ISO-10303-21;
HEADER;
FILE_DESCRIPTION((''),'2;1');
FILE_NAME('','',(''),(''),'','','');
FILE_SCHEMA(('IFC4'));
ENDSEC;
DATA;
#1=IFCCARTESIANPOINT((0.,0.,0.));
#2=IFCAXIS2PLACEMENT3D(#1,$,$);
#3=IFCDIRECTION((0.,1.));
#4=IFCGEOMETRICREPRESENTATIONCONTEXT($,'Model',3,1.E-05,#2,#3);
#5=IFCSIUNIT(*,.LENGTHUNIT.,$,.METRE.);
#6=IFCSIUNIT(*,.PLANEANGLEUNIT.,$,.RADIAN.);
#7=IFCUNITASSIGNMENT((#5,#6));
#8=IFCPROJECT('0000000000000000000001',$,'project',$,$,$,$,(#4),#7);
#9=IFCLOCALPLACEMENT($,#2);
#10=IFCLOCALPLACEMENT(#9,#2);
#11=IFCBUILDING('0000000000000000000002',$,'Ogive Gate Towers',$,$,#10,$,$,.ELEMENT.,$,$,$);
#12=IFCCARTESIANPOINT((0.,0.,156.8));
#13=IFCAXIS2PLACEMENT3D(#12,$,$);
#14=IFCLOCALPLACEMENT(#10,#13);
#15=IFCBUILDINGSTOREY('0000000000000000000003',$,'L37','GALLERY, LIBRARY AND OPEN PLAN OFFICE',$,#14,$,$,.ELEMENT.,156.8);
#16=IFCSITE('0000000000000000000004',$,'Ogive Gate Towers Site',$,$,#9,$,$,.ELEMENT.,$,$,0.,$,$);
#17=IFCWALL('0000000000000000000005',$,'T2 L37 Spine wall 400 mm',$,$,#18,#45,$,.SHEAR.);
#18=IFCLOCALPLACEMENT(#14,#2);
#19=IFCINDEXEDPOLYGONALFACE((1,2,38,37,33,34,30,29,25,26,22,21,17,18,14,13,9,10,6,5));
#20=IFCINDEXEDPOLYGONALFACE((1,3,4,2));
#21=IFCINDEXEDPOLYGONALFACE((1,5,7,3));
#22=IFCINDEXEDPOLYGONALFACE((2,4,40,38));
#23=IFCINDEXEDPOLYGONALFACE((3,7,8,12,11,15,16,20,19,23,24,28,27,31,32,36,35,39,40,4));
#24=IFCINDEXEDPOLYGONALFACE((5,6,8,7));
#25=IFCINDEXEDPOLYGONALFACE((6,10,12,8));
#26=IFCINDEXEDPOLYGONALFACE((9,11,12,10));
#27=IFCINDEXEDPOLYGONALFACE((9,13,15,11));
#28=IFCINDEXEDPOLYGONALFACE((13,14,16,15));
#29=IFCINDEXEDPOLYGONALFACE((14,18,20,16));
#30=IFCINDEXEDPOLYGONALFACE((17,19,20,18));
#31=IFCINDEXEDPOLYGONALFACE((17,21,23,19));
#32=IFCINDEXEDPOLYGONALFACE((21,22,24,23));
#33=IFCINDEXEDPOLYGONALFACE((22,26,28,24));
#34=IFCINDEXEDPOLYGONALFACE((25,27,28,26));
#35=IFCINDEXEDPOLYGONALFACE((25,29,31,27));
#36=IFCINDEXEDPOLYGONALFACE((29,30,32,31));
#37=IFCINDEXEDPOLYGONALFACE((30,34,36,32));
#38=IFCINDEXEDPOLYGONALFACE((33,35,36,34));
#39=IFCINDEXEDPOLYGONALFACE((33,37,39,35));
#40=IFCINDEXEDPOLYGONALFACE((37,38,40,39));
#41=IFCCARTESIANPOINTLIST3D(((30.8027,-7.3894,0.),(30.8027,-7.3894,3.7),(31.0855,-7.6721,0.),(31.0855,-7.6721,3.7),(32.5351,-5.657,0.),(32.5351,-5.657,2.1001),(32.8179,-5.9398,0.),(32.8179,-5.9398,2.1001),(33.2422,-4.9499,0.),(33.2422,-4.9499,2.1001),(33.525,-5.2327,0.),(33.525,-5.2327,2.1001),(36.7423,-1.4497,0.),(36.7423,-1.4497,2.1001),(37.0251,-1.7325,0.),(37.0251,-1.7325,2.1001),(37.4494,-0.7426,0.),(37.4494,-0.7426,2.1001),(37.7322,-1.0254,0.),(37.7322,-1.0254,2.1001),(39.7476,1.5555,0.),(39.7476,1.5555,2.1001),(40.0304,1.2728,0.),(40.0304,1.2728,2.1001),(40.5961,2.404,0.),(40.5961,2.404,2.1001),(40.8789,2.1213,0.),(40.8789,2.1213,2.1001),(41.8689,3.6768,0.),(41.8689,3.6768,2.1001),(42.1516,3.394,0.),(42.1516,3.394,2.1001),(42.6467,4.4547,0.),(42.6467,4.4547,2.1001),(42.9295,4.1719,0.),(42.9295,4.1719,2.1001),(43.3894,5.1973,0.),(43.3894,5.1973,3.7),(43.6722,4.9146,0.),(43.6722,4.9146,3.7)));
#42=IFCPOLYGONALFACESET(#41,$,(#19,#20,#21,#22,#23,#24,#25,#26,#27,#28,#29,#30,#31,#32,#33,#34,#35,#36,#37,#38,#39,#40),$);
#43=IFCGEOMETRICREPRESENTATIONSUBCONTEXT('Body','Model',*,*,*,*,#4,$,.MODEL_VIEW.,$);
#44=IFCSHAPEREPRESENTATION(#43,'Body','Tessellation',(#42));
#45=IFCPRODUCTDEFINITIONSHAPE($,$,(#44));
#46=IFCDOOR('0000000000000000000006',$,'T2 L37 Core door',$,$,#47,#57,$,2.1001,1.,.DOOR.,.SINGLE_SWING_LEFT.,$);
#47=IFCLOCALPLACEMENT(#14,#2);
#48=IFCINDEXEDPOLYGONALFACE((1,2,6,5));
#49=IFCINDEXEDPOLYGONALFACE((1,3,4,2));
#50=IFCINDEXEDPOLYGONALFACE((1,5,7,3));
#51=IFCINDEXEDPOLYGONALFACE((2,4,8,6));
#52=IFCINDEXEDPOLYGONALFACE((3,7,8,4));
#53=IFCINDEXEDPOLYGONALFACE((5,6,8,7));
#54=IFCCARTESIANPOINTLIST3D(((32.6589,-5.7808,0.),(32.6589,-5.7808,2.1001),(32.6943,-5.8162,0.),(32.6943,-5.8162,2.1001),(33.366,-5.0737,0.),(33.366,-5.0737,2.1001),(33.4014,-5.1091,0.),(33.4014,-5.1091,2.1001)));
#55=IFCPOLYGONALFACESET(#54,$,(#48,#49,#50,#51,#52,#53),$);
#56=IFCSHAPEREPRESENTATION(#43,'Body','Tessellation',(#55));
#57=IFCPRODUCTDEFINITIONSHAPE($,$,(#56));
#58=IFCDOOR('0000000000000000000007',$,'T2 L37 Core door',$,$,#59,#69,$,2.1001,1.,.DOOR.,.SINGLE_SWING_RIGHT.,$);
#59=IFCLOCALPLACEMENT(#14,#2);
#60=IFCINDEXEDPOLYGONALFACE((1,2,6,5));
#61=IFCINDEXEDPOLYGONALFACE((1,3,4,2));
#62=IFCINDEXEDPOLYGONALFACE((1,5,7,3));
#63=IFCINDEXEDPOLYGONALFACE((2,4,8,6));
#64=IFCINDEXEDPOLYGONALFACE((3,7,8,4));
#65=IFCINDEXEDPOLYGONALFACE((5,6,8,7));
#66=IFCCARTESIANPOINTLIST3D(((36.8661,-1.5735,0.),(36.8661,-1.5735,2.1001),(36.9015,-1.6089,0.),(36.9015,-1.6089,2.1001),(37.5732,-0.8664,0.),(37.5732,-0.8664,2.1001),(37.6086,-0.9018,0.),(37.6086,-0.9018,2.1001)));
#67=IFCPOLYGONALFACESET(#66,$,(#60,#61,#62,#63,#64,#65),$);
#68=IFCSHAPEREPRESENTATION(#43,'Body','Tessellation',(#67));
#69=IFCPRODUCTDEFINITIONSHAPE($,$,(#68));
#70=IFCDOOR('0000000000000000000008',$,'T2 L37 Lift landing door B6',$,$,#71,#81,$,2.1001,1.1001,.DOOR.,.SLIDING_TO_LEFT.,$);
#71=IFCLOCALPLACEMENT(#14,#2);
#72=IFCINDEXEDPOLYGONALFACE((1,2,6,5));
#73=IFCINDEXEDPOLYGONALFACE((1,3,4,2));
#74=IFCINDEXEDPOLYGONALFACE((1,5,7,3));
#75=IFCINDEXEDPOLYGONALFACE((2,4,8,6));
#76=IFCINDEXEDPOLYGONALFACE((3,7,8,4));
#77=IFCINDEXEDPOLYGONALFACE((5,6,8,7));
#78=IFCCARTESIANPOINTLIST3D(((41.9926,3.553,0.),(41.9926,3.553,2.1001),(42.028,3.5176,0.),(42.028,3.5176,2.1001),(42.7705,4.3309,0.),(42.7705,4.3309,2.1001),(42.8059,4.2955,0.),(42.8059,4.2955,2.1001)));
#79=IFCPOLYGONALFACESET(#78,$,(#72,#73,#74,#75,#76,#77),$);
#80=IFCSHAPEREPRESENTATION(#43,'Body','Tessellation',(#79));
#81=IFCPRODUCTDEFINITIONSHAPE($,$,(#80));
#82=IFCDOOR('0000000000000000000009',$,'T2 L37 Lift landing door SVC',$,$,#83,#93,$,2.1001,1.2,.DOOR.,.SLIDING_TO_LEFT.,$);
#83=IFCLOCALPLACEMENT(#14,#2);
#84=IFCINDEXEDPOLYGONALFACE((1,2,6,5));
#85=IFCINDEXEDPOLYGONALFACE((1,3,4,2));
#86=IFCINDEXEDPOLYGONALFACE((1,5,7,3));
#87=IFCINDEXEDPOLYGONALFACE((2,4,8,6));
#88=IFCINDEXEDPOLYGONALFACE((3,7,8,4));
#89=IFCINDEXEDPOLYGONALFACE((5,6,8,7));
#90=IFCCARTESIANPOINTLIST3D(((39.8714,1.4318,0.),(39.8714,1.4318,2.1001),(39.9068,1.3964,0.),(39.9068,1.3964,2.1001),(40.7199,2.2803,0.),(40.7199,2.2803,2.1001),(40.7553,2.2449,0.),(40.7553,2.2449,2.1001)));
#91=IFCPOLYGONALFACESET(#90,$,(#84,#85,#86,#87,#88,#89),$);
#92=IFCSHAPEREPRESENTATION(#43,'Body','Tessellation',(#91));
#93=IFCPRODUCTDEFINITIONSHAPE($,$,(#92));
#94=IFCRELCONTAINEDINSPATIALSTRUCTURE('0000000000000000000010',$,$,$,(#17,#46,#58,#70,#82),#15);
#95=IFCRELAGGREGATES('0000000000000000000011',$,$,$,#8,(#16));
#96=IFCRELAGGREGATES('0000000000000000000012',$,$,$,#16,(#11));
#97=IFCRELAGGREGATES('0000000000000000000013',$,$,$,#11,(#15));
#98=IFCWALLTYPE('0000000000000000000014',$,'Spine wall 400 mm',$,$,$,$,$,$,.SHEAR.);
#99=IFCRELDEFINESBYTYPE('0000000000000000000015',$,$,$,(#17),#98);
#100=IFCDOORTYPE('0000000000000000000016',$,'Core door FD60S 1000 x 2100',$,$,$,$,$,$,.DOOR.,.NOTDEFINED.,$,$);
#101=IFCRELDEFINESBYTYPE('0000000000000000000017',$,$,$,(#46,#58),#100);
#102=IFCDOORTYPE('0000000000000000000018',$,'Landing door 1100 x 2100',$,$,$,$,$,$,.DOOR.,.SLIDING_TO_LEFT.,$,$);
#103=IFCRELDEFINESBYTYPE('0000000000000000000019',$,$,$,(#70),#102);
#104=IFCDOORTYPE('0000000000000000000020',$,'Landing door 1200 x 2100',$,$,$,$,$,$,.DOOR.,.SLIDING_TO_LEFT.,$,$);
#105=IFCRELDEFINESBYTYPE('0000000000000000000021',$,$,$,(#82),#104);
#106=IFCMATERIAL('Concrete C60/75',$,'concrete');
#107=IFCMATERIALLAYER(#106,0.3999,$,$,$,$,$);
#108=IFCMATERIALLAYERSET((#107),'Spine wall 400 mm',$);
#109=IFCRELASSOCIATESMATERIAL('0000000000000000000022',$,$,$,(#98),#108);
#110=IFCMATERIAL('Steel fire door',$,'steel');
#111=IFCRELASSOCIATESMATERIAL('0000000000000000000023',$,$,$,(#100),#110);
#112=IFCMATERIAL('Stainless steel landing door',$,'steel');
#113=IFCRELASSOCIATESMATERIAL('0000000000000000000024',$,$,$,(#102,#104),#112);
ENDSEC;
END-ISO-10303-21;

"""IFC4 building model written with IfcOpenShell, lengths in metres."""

from ifc_helpers import new_model, si_unit, direction, frame, frame_2d, origin, place, context, subcontext, project, spatial, rectangle, extrude, material, layer, layer_set, type_object, element, fill, save


model = new_model("IFC4")

# Units and contexts
model_context = context("Model", 3, precision=1e-05, world=origin(), true_north=direction((0.0, 1.0)))
body_context = subcontext(model_context, "Body", "Model", "MODEL_VIEW")
ifc_project = project(units=[si_unit("LENGTHUNIT", "METRE"), si_unit("PLANEANGLEUNIT", "RADIAN")], contexts=[model_context])

# Site, building, storey
site_placement = place(None, origin())
site = spatial("IfcSite", under=ifc_project, at=site_placement, Name="Ogive Gate Towers Site", CompositionType="ELEMENT", RefElevation=0.0)
building_placement = place(site_placement, origin())
building = spatial("IfcBuilding", under=site, at=building_placement, Name="Ogive Gate Towers", CompositionType="ELEMENT")
storey_placement = place(building_placement, frame((0.0, 0.0, 156.8)))
storey = spatial("IfcBuildingStorey", under=building, at=storey_placement, Name="L37", Description="GALLERY, LIBRARY AND OPEN PLAN OFFICE", CompositionType="ELEMENT", Elevation=156.8)

# Shared definitions
ifc_material_1 = material(Name="Concrete C60/75", Category="concrete")

# Wall, openings, doors
ifc_layer_1 = layer(ifc_material_1, 0.3999)
ifc_layer_set_1 = layer_set([ifc_layer_1], Name="Spine wall 400 mm")
wall_type_1 = type_object("IfcWallType", Name="Spine wall 400 mm", PredefinedType="SHEAR", material=ifc_layer_set_1)
wall_1_placement = place(storey_placement, frame((30.9441, -7.5308, 0.0), z_axis=(0.0, 0.0, 1.0), x_axis=(0.707107, 0.707107, 0.0)))
wall_1 = element("IfcWall", 1, at=wall_1_placement, inside=storey, type_object=wall_type_1, Name="T2 L37 Spine wall 400 mm", PredefinedType="SHEAR", context=body_context, shape_type="SweptSolid", body=[
    extrude(rectangle(XDim=17.8003, YDim=0.3999, at=frame_2d((8.9001, 0.0))), origin(), (0.0, 0.0, 1.0), 3.7),
])
opening_1_placement = place(wall_1_placement, frame((12.6499, 0.0, 0.0)))
opening_1 = element("IfcOpeningElement", 2, at=opening_1_placement, cuts=wall_1, PredefinedType="OPENING", context=body_context, shape_type="SweptSolid", body=[
    extrude(rectangle(XDim=1.2, YDim=2.1001, at=frame_2d((0.6001, 1.05))), frame((0.0, 0.21, 0.0), z_axis=(0.0, -1.0, 0.0), x_axis=(1.0, 0.0, 0.0)), (0.0, 0.0, 1.0), 0.4199),
])
opening_2_placement = place(wall_1_placement, frame((15.6499, 0.0, 0.0)))
opening_2 = element("IfcOpeningElement", 3, at=opening_2_placement, cuts=wall_1, PredefinedType="OPENING", context=body_context, shape_type="SweptSolid", body=[
    extrude(rectangle(XDim=1.1001, YDim=2.1001, at=frame_2d((0.55, 1.05))), frame((0.0, 0.21, 0.0), z_axis=(0.0, -1.0, 0.0), x_axis=(1.0, 0.0, 0.0)), (0.0, 0.0, 1.0), 0.4199),
])
opening_3_placement = place(wall_1_placement, frame((2.45, 0.0, 0.0)))
opening_3 = element("IfcOpeningElement", 4, at=opening_3_placement, cuts=wall_1, PredefinedType="OPENING", context=body_context, shape_type="SweptSolid", body=[
    extrude(rectangle(XDim=1.0, YDim=2.1001, at=frame_2d((0.5, 1.05))), frame((0.0, 0.21, 0.0), z_axis=(0.0, -1.0, 0.0), x_axis=(1.0, 0.0, 0.0)), (0.0, 0.0, 1.0), 0.4199),
])
opening_4_placement = place(wall_1_placement, frame((8.3999, 0.0, 0.0)))
opening_4 = element("IfcOpeningElement", 5, at=opening_4_placement, cuts=wall_1, PredefinedType="OPENING", context=body_context, shape_type="SweptSolid", body=[
    extrude(rectangle(XDim=1.0, YDim=2.1001, at=frame_2d((0.5, 1.05))), frame((0.0, 0.21, 0.0), z_axis=(0.0, -1.0, 0.0), x_axis=(1.0, 0.0, 0.0)), (0.0, 0.0, 1.0), 0.4199),
])
ifc_material_2 = material(Name="Steel fire door", Category="steel")
door_type_1 = type_object("IfcDoorType", Name="Core door FD60S 1000 x 2100", OperationType="NOTDEFINED", PredefinedType="DOOR", material=ifc_material_2)
door_1_placement = place(opening_3_placement, origin())
door_1 = element("IfcDoor", 6, at=door_1_placement, inside=storey, type_object=door_type_1, Name="T2 L37 Core door", OperationType="SINGLE_SWING_LEFT", OverallHeight=2.1001, OverallWidth=1.0, PredefinedType="DOOR", context=body_context, shape_type="SweptSolid", body=[
    extrude(rectangle(XDim=1.0, YDim=2.1001, at=frame_2d((0.5, 1.05))), frame((0.0, 0.0249, 0.0), z_axis=(0.0, -1.0, 0.0), x_axis=(1.0, 0.0, 0.0)), (0.0, 0.0, 1.0), 0.05),
])
fill(opening_3, door_1)
door_2_placement = place(opening_4_placement, origin())
door_2 = element("IfcDoor", 7, at=door_2_placement, inside=storey, type_object=door_type_1, Name="T2 L37 Core door", OperationType="SINGLE_SWING_RIGHT", OverallHeight=2.1001, OverallWidth=1.0, PredefinedType="DOOR", context=body_context, shape_type="SweptSolid", body=[
    extrude(rectangle(XDim=1.0, YDim=2.1001, at=frame_2d((0.5, 1.05))), frame((0.0, 0.0249, 0.0), z_axis=(0.0, -1.0, 0.0), x_axis=(1.0, 0.0, 0.0)), (0.0, 0.0, 1.0), 0.05),
])
fill(opening_4, door_2)
ifc_material_3 = material(Name="Stainless steel landing door", Category="steel")
door_type_2 = type_object("IfcDoorType", Name="Landing door 1100 x 2100", OperationType="SLIDING_TO_LEFT", PredefinedType="DOOR", material=ifc_material_3)
door_3_placement = place(opening_2_placement, origin())
door_3 = element("IfcDoor", 8, at=door_3_placement, inside=storey, type_object=door_type_2, Name="T2 L37 Lift landing door B6", OperationType="SLIDING_TO_LEFT", OverallHeight=2.1001, OverallWidth=1.1001, PredefinedType="DOOR", context=body_context, shape_type="SweptSolid", body=[
    extrude(rectangle(XDim=1.1001, YDim=2.1001, at=frame_2d((0.55, 1.05))), frame((0.0, 0.0249, 0.0), z_axis=(0.0, -1.0, 0.0), x_axis=(1.0, 0.0, 0.0)), (0.0, 0.0, 1.0), 0.05),
])
fill(opening_2, door_3)
door_type_3 = type_object("IfcDoorType", Name="Landing door 1200 x 2100", OperationType="SLIDING_TO_LEFT", PredefinedType="DOOR", material=ifc_material_3)
door_4_placement = place(opening_1_placement, origin())
door_4 = element("IfcDoor", 9, at=door_4_placement, inside=storey, type_object=door_type_3, Name="T2 L37 Lift landing door SVC", OperationType="SLIDING_TO_LEFT", OverallHeight=2.1001, OverallWidth=1.2, PredefinedType="DOOR", context=body_context, shape_type="SweptSolid", body=[
    extrude(rectangle(XDim=1.2, YDim=2.1001, at=frame_2d((0.6001, 1.05))), frame((0.0, 0.0249, 0.0), z_axis=(0.0, -1.0, 0.0), x_axis=(1.0, 0.0, 0.0)), (0.0, 0.0, 1.0), 0.05),
])
fill(opening_1, door_4)

save(model, "model.ifc")
